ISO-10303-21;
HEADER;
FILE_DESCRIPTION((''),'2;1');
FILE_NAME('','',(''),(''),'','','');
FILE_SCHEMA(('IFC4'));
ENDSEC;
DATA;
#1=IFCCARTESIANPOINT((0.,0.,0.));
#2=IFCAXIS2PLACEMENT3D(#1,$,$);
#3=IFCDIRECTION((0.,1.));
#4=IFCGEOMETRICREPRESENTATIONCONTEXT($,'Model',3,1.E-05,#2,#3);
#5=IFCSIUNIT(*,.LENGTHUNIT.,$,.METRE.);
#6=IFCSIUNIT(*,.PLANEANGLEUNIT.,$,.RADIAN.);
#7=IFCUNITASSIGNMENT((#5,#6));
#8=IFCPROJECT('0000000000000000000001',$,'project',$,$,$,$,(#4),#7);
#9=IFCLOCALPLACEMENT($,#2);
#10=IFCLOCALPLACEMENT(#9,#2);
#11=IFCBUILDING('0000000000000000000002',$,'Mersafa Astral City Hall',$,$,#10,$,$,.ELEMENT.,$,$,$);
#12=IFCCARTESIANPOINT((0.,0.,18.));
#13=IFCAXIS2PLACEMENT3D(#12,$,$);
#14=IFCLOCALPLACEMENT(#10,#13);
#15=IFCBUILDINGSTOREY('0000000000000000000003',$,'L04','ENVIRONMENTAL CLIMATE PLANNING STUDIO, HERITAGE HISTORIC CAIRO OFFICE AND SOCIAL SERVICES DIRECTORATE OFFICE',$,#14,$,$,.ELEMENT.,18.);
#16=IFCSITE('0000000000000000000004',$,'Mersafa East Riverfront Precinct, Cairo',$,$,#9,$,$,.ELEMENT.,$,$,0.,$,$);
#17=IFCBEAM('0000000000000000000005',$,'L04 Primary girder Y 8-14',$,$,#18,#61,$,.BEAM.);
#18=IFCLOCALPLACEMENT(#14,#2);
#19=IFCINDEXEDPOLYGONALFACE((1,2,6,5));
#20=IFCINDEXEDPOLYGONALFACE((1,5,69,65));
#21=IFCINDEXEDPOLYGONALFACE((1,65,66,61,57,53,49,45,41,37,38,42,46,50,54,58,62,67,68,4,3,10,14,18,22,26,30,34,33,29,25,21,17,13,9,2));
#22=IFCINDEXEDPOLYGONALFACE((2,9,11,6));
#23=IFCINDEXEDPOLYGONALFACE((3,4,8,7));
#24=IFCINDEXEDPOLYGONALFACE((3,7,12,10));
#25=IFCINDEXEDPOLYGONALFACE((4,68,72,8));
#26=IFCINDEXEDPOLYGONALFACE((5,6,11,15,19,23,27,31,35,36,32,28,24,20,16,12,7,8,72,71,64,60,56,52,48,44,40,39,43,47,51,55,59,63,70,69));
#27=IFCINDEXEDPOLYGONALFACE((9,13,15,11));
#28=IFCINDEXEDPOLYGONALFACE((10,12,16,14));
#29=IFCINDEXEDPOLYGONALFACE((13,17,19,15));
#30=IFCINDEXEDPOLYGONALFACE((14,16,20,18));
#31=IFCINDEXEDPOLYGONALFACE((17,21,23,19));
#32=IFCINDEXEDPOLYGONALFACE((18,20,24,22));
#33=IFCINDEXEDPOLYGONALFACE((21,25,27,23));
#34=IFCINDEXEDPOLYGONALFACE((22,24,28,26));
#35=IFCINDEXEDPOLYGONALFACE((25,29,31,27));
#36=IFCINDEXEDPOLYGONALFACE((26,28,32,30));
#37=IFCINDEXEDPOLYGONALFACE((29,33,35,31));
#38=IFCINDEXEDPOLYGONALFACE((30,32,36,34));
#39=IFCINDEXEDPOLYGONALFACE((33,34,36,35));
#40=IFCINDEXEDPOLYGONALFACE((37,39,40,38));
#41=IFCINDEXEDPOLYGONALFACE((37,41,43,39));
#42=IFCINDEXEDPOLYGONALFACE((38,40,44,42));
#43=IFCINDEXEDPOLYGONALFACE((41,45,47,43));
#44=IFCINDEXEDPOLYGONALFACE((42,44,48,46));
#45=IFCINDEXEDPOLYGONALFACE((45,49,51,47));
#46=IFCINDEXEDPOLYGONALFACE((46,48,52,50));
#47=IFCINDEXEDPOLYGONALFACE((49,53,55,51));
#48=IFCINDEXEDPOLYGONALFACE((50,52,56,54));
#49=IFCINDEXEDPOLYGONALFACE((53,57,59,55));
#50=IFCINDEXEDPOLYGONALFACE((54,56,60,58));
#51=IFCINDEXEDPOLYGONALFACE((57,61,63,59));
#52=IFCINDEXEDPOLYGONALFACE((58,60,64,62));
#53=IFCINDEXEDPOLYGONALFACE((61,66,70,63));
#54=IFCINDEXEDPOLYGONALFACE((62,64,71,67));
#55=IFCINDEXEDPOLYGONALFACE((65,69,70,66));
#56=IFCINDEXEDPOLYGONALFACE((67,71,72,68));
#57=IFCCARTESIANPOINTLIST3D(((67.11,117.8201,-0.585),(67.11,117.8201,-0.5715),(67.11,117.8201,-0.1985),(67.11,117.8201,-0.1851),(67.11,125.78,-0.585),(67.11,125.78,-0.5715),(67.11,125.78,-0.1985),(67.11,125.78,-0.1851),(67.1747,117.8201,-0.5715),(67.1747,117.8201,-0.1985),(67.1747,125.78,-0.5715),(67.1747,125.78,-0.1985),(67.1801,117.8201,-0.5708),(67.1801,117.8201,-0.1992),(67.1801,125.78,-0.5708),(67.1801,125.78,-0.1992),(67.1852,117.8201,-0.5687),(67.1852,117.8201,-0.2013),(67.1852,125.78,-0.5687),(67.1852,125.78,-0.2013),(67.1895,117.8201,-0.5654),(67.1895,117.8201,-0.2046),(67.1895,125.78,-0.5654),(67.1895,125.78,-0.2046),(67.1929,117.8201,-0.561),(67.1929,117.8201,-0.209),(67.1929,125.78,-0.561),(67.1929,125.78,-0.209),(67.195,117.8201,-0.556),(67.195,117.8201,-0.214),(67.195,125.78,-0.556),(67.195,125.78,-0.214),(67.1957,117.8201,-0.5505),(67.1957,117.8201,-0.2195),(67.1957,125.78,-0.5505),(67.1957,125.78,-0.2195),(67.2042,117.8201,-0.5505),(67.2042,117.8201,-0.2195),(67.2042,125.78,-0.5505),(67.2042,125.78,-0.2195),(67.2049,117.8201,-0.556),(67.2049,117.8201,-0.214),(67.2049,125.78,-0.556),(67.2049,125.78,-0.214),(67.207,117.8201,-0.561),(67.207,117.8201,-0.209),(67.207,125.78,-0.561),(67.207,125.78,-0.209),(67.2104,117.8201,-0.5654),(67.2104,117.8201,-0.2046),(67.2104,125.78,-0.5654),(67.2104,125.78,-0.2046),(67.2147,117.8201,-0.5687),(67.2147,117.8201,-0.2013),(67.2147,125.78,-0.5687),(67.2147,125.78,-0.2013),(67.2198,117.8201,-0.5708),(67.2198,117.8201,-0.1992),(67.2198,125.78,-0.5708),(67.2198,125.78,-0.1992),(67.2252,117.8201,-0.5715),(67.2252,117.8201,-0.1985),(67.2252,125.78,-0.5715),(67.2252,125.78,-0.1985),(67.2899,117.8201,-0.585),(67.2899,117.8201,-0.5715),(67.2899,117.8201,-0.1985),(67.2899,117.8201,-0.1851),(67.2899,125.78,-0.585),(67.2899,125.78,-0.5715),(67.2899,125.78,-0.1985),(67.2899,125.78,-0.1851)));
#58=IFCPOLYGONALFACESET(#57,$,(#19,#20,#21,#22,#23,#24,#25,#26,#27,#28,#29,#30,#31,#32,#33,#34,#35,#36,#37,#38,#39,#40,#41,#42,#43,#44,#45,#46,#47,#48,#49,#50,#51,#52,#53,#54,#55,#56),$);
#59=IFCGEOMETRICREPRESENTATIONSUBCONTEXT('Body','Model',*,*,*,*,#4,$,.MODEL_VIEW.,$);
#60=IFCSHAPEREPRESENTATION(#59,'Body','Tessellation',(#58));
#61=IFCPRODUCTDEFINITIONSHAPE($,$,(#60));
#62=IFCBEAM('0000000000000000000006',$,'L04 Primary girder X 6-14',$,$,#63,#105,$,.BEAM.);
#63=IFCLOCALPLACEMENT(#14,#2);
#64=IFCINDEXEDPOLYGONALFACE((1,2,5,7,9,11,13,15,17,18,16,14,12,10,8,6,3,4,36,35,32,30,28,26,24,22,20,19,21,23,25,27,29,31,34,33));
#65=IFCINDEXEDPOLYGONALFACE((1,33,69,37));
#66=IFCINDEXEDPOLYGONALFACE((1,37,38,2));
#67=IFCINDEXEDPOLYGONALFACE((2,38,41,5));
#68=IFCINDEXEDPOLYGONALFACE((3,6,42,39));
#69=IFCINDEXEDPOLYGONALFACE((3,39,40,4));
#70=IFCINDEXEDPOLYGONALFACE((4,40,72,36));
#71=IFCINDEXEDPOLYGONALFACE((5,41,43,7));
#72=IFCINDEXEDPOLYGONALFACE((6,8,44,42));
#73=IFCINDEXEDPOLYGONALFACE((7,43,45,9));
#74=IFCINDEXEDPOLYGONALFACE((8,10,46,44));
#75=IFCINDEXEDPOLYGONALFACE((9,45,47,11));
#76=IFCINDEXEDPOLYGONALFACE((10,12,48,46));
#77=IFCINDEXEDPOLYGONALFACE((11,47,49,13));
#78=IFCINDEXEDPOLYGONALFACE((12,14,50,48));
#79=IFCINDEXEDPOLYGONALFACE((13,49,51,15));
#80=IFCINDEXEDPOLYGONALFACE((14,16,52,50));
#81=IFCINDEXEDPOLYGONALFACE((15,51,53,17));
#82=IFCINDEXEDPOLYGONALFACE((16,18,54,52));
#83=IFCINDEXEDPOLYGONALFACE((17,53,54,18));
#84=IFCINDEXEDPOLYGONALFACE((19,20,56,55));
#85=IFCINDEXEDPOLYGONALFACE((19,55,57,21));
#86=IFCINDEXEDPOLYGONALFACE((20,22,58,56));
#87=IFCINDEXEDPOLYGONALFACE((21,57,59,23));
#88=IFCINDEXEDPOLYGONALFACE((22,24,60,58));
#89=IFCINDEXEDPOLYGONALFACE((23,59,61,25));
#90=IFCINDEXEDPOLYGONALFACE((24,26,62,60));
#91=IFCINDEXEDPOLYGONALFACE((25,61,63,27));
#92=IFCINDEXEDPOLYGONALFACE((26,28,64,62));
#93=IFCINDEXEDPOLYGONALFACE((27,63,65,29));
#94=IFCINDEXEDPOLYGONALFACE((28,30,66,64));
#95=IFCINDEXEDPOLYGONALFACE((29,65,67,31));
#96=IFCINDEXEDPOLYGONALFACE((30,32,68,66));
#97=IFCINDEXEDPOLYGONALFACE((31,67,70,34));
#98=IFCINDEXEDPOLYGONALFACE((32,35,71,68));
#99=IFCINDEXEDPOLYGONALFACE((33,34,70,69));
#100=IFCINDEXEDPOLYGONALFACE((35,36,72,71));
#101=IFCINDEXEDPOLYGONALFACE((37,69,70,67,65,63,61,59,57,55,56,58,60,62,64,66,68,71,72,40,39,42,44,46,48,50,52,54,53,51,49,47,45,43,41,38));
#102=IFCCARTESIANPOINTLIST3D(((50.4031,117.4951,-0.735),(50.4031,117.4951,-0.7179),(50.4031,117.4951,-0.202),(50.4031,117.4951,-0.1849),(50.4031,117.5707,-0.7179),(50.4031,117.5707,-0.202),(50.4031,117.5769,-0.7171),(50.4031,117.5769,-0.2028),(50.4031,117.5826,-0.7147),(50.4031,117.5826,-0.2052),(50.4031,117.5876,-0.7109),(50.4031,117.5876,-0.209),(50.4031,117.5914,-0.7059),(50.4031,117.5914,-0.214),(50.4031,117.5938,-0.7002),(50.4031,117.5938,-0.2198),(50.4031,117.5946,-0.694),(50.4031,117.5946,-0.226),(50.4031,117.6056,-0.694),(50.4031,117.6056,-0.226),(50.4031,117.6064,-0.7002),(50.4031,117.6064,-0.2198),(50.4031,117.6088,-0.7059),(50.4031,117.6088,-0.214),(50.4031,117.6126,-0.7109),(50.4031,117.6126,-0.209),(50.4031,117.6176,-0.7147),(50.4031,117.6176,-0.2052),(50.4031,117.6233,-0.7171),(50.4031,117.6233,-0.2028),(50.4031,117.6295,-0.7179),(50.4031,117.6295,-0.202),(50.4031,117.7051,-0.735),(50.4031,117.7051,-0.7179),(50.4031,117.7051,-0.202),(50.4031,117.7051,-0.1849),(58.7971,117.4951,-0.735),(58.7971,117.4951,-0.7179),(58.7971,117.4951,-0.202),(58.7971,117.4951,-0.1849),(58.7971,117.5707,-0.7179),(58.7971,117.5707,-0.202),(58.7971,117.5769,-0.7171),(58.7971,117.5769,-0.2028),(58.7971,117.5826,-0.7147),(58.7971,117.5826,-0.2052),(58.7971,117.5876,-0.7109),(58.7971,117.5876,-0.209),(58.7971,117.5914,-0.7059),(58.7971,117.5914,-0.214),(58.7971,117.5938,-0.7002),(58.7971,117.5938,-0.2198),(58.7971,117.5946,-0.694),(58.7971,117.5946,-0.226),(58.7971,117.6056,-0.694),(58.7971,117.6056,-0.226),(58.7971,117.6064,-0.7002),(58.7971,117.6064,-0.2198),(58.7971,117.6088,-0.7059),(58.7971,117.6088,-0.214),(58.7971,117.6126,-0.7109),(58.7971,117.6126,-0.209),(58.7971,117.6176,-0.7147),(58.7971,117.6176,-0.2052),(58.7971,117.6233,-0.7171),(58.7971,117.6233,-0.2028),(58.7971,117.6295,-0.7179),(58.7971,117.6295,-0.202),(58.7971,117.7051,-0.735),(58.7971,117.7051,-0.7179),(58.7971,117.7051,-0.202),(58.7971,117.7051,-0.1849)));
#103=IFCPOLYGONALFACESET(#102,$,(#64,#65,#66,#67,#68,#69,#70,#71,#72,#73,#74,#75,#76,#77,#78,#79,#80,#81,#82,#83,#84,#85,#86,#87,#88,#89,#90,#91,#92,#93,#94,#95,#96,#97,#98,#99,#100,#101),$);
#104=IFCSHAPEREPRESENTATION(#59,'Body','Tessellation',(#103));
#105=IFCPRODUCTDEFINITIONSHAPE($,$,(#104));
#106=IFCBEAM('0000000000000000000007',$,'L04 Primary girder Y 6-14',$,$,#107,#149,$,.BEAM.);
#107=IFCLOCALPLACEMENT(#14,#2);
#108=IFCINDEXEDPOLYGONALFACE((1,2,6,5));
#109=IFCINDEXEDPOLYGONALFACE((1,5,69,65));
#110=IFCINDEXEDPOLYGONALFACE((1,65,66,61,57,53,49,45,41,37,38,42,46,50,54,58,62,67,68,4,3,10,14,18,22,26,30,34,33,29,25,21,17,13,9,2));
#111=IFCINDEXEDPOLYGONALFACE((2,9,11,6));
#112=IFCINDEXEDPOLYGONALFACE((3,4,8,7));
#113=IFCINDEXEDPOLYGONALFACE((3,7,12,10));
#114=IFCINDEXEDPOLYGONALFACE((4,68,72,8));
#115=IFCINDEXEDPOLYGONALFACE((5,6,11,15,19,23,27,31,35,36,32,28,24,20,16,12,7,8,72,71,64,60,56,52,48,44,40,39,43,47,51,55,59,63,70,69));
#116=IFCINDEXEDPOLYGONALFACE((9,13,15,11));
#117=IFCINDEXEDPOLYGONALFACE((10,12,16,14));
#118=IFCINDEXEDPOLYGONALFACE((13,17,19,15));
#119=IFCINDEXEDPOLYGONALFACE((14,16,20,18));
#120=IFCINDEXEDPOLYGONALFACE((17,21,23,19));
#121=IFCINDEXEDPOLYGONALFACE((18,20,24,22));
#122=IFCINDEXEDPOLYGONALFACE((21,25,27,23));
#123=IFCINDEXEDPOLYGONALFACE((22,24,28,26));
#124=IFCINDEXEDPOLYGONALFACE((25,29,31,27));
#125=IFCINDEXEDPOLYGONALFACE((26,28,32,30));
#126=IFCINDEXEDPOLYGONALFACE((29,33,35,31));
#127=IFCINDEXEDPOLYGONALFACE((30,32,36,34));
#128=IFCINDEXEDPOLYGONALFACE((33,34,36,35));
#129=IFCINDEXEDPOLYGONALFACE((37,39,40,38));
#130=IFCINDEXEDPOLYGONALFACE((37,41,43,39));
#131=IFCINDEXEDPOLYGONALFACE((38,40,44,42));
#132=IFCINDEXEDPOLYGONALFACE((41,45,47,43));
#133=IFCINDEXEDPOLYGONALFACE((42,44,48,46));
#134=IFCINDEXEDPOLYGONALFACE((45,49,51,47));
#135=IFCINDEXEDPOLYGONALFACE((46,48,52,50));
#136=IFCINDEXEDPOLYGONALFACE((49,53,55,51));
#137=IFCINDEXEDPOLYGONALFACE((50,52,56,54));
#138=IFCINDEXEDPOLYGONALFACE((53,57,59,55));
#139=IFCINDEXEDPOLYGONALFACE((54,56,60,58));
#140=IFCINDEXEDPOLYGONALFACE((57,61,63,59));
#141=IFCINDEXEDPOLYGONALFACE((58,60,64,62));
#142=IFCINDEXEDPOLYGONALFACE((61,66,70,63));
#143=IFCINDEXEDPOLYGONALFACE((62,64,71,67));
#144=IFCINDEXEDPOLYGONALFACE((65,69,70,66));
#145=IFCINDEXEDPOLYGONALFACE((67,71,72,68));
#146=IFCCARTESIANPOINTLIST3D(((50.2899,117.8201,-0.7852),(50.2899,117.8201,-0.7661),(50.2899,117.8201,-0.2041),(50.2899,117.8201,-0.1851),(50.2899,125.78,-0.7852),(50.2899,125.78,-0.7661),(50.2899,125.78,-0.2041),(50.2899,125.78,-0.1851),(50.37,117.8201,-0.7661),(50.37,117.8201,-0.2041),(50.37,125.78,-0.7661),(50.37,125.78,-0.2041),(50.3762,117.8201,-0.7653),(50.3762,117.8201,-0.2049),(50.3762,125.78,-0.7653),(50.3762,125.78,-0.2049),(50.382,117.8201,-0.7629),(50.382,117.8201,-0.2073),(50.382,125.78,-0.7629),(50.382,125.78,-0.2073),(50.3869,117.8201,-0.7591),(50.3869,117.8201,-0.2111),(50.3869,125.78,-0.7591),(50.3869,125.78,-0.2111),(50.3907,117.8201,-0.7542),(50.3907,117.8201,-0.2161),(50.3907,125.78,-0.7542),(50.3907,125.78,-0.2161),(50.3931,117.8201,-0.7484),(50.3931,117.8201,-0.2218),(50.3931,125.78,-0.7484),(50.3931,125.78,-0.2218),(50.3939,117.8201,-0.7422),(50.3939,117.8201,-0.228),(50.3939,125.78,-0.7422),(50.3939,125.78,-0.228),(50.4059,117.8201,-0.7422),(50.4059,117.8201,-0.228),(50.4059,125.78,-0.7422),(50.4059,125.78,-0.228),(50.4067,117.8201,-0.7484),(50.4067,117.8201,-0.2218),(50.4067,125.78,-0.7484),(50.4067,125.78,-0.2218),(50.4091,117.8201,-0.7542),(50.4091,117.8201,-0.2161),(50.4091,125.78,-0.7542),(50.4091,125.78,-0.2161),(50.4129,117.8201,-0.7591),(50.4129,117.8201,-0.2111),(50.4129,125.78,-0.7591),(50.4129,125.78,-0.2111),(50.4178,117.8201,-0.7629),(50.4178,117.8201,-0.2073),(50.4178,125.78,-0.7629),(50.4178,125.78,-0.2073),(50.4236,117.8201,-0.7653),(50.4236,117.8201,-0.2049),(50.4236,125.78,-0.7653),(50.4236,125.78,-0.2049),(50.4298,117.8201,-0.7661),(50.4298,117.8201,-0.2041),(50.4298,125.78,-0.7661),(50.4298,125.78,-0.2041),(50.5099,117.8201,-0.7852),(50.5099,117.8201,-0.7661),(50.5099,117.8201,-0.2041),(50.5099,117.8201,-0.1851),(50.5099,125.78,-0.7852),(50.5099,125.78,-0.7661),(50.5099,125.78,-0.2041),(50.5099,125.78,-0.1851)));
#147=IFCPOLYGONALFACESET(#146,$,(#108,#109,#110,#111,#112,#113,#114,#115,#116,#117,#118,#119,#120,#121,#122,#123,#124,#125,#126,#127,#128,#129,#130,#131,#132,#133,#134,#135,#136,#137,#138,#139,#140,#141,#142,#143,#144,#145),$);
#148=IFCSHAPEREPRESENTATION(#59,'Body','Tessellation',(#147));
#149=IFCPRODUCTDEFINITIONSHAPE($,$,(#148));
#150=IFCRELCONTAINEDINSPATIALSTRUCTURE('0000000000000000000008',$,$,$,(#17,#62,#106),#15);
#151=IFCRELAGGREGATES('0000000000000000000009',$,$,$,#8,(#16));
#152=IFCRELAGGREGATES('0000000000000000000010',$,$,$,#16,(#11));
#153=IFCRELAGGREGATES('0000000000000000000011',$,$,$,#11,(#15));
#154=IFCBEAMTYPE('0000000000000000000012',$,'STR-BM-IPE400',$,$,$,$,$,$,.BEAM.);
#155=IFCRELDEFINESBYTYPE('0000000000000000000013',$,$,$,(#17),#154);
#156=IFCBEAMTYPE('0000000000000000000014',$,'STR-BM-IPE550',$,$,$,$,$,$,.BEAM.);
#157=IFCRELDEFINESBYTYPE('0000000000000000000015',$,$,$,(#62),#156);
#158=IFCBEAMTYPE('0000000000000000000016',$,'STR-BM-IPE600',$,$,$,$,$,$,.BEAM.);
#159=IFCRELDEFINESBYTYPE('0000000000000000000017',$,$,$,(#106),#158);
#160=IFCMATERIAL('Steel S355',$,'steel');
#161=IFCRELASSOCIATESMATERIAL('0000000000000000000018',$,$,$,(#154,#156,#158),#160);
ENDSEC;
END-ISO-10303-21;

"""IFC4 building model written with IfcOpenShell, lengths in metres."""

from ifc_helpers import new_model, si_unit, direction, frame, origin, origin_2d, place, context, subcontext, project, spatial, i_section, extrude, material, material_profile, profile_set, type_object, element, save


model = new_model("IFC4")

# Units and contexts
model_context = context("Model", 3, precision=1e-05, world=origin(), true_north=direction((0.0, 1.0)))
body_context = subcontext(model_context, "Body", "Model", "MODEL_VIEW")
ifc_project = project(units=[si_unit("LENGTHUNIT", "METRE"), si_unit("PLANEANGLEUNIT", "RADIAN")], contexts=[model_context])

# Site, building, storey
site_placement = place(None, origin())
site = spatial("IfcSite", under=ifc_project, at=site_placement, Name="Mersafa East Riverfront Precinct, Cairo", CompositionType="ELEMENT", RefElevation=0.0)
building_placement = place(site_placement, origin())
building = spatial("IfcBuilding", under=site, at=building_placement, Name="Mersafa Astral City Hall", CompositionType="ELEMENT")
storey_placement = place(building_placement, frame((0.0, 0.0, 18.0)))
storey = spatial("IfcBuildingStorey", under=building, at=storey_placement, Name="L04", Description="ENVIRONMENTAL CLIMATE PLANNING STUDIO, HERITAGE HISTORIC CAIRO OFFICE AND SOCIAL SERVICES DIRECTORATE OFFICE", CompositionType="ELEMENT", Elevation=18.0)

# Shared definitions
ifc_material_1 = material(Name="Steel S355", Category="steel")

# Beams
ifc_material_profile_1 = material_profile(ifc_material_1, i_section(OverallWidth=0.1799, OverallDepth=0.3999, WebThickness=0.0085, FlangeThickness=0.0134, FilletRadius=0.021, at=origin_2d()), Name="IPE 400")
ifc_profile_set_1 = profile_set([ifc_material_profile_1], Name="Steel S355")
beam_type_1 = type_object("IfcBeamType", Name="STR-BM-IPE400", PredefinedType="BEAM", material=ifc_profile_set_1)
beam_1_placement = place(storey_placement, frame((67.2, 117.8201, -0.385), z_axis=(0.0, 1.0, 0.0), x_axis=(-1.0, 0.0, 0.0)))
element("IfcBeam", 1, at=beam_1_placement, inside=storey, type_object=beam_type_1, Name="L04 Primary girder Y 8-14", PredefinedType="BEAM", context=body_context, shape_type="SweptSolid", body=[
    extrude(i_section(OverallWidth=0.1799, OverallDepth=0.3999, WebThickness=0.0085, FlangeThickness=0.0134, FilletRadius=0.021, at=origin_2d()), origin(), (0.0, 0.0, 1.0), 7.96),
])
ifc_material_profile_2 = material_profile(ifc_material_1, i_section(OverallWidth=0.21, OverallDepth=0.55, WebThickness=0.011, FlangeThickness=0.0171, FilletRadius=0.0239, at=origin_2d()), Name="IPE 550")
ifc_profile_set_2 = profile_set([ifc_material_profile_2], Name="Steel S355")
beam_type_2 = type_object("IfcBeamType", Name="STR-BM-IPE550", PredefinedType="BEAM", material=ifc_profile_set_2)
beam_2_placement = place(storey_placement, frame((50.4031, 117.6001, -0.46), z_axis=(1.0, 0.0, 0.0), x_axis=(0.0, 1.0, 0.0)))
element("IfcBeam", 2, at=beam_2_placement, inside=storey, type_object=beam_type_2, Name="L04 Primary girder X 6-14", PredefinedType="BEAM", context=body_context, shape_type="SweptSolid", body=[
    extrude(i_section(OverallWidth=0.21, OverallDepth=0.55, WebThickness=0.011, FlangeThickness=0.0171, FilletRadius=0.0239, at=origin_2d()), origin(), (0.0, 0.0, 1.0), 8.394),
])
ifc_material_profile_3 = material_profile(ifc_material_1, i_section(OverallWidth=0.22, OverallDepth=0.6001, WebThickness=0.012, FlangeThickness=0.019, FilletRadius=0.0239, at=origin_2d()), Name="IPE 600")
ifc_profile_set_3 = profile_set([ifc_material_profile_3], Name="Steel S355")
beam_type_3 = type_object("IfcBeamType", Name="STR-BM-IPE600", PredefinedType="BEAM", material=ifc_profile_set_3)
beam_3_placement = place(storey_placement, frame((50.3999, 117.8201, -0.4851), z_axis=(0.0, 1.0, 0.0), x_axis=(-1.0, 0.0, 0.0)))
element("IfcBeam", 3, at=beam_3_placement, inside=storey, type_object=beam_type_3, Name="L04 Primary girder Y 6-14", PredefinedType="BEAM", context=body_context, shape_type="SweptSolid", body=[
    extrude(i_section(OverallWidth=0.22, OverallDepth=0.6001, WebThickness=0.012, FlangeThickness=0.019, FilletRadius=0.0239, at=origin_2d()), origin(), (0.0, 0.0, 1.0), 7.96),
])

save(model, "model.ifc")
